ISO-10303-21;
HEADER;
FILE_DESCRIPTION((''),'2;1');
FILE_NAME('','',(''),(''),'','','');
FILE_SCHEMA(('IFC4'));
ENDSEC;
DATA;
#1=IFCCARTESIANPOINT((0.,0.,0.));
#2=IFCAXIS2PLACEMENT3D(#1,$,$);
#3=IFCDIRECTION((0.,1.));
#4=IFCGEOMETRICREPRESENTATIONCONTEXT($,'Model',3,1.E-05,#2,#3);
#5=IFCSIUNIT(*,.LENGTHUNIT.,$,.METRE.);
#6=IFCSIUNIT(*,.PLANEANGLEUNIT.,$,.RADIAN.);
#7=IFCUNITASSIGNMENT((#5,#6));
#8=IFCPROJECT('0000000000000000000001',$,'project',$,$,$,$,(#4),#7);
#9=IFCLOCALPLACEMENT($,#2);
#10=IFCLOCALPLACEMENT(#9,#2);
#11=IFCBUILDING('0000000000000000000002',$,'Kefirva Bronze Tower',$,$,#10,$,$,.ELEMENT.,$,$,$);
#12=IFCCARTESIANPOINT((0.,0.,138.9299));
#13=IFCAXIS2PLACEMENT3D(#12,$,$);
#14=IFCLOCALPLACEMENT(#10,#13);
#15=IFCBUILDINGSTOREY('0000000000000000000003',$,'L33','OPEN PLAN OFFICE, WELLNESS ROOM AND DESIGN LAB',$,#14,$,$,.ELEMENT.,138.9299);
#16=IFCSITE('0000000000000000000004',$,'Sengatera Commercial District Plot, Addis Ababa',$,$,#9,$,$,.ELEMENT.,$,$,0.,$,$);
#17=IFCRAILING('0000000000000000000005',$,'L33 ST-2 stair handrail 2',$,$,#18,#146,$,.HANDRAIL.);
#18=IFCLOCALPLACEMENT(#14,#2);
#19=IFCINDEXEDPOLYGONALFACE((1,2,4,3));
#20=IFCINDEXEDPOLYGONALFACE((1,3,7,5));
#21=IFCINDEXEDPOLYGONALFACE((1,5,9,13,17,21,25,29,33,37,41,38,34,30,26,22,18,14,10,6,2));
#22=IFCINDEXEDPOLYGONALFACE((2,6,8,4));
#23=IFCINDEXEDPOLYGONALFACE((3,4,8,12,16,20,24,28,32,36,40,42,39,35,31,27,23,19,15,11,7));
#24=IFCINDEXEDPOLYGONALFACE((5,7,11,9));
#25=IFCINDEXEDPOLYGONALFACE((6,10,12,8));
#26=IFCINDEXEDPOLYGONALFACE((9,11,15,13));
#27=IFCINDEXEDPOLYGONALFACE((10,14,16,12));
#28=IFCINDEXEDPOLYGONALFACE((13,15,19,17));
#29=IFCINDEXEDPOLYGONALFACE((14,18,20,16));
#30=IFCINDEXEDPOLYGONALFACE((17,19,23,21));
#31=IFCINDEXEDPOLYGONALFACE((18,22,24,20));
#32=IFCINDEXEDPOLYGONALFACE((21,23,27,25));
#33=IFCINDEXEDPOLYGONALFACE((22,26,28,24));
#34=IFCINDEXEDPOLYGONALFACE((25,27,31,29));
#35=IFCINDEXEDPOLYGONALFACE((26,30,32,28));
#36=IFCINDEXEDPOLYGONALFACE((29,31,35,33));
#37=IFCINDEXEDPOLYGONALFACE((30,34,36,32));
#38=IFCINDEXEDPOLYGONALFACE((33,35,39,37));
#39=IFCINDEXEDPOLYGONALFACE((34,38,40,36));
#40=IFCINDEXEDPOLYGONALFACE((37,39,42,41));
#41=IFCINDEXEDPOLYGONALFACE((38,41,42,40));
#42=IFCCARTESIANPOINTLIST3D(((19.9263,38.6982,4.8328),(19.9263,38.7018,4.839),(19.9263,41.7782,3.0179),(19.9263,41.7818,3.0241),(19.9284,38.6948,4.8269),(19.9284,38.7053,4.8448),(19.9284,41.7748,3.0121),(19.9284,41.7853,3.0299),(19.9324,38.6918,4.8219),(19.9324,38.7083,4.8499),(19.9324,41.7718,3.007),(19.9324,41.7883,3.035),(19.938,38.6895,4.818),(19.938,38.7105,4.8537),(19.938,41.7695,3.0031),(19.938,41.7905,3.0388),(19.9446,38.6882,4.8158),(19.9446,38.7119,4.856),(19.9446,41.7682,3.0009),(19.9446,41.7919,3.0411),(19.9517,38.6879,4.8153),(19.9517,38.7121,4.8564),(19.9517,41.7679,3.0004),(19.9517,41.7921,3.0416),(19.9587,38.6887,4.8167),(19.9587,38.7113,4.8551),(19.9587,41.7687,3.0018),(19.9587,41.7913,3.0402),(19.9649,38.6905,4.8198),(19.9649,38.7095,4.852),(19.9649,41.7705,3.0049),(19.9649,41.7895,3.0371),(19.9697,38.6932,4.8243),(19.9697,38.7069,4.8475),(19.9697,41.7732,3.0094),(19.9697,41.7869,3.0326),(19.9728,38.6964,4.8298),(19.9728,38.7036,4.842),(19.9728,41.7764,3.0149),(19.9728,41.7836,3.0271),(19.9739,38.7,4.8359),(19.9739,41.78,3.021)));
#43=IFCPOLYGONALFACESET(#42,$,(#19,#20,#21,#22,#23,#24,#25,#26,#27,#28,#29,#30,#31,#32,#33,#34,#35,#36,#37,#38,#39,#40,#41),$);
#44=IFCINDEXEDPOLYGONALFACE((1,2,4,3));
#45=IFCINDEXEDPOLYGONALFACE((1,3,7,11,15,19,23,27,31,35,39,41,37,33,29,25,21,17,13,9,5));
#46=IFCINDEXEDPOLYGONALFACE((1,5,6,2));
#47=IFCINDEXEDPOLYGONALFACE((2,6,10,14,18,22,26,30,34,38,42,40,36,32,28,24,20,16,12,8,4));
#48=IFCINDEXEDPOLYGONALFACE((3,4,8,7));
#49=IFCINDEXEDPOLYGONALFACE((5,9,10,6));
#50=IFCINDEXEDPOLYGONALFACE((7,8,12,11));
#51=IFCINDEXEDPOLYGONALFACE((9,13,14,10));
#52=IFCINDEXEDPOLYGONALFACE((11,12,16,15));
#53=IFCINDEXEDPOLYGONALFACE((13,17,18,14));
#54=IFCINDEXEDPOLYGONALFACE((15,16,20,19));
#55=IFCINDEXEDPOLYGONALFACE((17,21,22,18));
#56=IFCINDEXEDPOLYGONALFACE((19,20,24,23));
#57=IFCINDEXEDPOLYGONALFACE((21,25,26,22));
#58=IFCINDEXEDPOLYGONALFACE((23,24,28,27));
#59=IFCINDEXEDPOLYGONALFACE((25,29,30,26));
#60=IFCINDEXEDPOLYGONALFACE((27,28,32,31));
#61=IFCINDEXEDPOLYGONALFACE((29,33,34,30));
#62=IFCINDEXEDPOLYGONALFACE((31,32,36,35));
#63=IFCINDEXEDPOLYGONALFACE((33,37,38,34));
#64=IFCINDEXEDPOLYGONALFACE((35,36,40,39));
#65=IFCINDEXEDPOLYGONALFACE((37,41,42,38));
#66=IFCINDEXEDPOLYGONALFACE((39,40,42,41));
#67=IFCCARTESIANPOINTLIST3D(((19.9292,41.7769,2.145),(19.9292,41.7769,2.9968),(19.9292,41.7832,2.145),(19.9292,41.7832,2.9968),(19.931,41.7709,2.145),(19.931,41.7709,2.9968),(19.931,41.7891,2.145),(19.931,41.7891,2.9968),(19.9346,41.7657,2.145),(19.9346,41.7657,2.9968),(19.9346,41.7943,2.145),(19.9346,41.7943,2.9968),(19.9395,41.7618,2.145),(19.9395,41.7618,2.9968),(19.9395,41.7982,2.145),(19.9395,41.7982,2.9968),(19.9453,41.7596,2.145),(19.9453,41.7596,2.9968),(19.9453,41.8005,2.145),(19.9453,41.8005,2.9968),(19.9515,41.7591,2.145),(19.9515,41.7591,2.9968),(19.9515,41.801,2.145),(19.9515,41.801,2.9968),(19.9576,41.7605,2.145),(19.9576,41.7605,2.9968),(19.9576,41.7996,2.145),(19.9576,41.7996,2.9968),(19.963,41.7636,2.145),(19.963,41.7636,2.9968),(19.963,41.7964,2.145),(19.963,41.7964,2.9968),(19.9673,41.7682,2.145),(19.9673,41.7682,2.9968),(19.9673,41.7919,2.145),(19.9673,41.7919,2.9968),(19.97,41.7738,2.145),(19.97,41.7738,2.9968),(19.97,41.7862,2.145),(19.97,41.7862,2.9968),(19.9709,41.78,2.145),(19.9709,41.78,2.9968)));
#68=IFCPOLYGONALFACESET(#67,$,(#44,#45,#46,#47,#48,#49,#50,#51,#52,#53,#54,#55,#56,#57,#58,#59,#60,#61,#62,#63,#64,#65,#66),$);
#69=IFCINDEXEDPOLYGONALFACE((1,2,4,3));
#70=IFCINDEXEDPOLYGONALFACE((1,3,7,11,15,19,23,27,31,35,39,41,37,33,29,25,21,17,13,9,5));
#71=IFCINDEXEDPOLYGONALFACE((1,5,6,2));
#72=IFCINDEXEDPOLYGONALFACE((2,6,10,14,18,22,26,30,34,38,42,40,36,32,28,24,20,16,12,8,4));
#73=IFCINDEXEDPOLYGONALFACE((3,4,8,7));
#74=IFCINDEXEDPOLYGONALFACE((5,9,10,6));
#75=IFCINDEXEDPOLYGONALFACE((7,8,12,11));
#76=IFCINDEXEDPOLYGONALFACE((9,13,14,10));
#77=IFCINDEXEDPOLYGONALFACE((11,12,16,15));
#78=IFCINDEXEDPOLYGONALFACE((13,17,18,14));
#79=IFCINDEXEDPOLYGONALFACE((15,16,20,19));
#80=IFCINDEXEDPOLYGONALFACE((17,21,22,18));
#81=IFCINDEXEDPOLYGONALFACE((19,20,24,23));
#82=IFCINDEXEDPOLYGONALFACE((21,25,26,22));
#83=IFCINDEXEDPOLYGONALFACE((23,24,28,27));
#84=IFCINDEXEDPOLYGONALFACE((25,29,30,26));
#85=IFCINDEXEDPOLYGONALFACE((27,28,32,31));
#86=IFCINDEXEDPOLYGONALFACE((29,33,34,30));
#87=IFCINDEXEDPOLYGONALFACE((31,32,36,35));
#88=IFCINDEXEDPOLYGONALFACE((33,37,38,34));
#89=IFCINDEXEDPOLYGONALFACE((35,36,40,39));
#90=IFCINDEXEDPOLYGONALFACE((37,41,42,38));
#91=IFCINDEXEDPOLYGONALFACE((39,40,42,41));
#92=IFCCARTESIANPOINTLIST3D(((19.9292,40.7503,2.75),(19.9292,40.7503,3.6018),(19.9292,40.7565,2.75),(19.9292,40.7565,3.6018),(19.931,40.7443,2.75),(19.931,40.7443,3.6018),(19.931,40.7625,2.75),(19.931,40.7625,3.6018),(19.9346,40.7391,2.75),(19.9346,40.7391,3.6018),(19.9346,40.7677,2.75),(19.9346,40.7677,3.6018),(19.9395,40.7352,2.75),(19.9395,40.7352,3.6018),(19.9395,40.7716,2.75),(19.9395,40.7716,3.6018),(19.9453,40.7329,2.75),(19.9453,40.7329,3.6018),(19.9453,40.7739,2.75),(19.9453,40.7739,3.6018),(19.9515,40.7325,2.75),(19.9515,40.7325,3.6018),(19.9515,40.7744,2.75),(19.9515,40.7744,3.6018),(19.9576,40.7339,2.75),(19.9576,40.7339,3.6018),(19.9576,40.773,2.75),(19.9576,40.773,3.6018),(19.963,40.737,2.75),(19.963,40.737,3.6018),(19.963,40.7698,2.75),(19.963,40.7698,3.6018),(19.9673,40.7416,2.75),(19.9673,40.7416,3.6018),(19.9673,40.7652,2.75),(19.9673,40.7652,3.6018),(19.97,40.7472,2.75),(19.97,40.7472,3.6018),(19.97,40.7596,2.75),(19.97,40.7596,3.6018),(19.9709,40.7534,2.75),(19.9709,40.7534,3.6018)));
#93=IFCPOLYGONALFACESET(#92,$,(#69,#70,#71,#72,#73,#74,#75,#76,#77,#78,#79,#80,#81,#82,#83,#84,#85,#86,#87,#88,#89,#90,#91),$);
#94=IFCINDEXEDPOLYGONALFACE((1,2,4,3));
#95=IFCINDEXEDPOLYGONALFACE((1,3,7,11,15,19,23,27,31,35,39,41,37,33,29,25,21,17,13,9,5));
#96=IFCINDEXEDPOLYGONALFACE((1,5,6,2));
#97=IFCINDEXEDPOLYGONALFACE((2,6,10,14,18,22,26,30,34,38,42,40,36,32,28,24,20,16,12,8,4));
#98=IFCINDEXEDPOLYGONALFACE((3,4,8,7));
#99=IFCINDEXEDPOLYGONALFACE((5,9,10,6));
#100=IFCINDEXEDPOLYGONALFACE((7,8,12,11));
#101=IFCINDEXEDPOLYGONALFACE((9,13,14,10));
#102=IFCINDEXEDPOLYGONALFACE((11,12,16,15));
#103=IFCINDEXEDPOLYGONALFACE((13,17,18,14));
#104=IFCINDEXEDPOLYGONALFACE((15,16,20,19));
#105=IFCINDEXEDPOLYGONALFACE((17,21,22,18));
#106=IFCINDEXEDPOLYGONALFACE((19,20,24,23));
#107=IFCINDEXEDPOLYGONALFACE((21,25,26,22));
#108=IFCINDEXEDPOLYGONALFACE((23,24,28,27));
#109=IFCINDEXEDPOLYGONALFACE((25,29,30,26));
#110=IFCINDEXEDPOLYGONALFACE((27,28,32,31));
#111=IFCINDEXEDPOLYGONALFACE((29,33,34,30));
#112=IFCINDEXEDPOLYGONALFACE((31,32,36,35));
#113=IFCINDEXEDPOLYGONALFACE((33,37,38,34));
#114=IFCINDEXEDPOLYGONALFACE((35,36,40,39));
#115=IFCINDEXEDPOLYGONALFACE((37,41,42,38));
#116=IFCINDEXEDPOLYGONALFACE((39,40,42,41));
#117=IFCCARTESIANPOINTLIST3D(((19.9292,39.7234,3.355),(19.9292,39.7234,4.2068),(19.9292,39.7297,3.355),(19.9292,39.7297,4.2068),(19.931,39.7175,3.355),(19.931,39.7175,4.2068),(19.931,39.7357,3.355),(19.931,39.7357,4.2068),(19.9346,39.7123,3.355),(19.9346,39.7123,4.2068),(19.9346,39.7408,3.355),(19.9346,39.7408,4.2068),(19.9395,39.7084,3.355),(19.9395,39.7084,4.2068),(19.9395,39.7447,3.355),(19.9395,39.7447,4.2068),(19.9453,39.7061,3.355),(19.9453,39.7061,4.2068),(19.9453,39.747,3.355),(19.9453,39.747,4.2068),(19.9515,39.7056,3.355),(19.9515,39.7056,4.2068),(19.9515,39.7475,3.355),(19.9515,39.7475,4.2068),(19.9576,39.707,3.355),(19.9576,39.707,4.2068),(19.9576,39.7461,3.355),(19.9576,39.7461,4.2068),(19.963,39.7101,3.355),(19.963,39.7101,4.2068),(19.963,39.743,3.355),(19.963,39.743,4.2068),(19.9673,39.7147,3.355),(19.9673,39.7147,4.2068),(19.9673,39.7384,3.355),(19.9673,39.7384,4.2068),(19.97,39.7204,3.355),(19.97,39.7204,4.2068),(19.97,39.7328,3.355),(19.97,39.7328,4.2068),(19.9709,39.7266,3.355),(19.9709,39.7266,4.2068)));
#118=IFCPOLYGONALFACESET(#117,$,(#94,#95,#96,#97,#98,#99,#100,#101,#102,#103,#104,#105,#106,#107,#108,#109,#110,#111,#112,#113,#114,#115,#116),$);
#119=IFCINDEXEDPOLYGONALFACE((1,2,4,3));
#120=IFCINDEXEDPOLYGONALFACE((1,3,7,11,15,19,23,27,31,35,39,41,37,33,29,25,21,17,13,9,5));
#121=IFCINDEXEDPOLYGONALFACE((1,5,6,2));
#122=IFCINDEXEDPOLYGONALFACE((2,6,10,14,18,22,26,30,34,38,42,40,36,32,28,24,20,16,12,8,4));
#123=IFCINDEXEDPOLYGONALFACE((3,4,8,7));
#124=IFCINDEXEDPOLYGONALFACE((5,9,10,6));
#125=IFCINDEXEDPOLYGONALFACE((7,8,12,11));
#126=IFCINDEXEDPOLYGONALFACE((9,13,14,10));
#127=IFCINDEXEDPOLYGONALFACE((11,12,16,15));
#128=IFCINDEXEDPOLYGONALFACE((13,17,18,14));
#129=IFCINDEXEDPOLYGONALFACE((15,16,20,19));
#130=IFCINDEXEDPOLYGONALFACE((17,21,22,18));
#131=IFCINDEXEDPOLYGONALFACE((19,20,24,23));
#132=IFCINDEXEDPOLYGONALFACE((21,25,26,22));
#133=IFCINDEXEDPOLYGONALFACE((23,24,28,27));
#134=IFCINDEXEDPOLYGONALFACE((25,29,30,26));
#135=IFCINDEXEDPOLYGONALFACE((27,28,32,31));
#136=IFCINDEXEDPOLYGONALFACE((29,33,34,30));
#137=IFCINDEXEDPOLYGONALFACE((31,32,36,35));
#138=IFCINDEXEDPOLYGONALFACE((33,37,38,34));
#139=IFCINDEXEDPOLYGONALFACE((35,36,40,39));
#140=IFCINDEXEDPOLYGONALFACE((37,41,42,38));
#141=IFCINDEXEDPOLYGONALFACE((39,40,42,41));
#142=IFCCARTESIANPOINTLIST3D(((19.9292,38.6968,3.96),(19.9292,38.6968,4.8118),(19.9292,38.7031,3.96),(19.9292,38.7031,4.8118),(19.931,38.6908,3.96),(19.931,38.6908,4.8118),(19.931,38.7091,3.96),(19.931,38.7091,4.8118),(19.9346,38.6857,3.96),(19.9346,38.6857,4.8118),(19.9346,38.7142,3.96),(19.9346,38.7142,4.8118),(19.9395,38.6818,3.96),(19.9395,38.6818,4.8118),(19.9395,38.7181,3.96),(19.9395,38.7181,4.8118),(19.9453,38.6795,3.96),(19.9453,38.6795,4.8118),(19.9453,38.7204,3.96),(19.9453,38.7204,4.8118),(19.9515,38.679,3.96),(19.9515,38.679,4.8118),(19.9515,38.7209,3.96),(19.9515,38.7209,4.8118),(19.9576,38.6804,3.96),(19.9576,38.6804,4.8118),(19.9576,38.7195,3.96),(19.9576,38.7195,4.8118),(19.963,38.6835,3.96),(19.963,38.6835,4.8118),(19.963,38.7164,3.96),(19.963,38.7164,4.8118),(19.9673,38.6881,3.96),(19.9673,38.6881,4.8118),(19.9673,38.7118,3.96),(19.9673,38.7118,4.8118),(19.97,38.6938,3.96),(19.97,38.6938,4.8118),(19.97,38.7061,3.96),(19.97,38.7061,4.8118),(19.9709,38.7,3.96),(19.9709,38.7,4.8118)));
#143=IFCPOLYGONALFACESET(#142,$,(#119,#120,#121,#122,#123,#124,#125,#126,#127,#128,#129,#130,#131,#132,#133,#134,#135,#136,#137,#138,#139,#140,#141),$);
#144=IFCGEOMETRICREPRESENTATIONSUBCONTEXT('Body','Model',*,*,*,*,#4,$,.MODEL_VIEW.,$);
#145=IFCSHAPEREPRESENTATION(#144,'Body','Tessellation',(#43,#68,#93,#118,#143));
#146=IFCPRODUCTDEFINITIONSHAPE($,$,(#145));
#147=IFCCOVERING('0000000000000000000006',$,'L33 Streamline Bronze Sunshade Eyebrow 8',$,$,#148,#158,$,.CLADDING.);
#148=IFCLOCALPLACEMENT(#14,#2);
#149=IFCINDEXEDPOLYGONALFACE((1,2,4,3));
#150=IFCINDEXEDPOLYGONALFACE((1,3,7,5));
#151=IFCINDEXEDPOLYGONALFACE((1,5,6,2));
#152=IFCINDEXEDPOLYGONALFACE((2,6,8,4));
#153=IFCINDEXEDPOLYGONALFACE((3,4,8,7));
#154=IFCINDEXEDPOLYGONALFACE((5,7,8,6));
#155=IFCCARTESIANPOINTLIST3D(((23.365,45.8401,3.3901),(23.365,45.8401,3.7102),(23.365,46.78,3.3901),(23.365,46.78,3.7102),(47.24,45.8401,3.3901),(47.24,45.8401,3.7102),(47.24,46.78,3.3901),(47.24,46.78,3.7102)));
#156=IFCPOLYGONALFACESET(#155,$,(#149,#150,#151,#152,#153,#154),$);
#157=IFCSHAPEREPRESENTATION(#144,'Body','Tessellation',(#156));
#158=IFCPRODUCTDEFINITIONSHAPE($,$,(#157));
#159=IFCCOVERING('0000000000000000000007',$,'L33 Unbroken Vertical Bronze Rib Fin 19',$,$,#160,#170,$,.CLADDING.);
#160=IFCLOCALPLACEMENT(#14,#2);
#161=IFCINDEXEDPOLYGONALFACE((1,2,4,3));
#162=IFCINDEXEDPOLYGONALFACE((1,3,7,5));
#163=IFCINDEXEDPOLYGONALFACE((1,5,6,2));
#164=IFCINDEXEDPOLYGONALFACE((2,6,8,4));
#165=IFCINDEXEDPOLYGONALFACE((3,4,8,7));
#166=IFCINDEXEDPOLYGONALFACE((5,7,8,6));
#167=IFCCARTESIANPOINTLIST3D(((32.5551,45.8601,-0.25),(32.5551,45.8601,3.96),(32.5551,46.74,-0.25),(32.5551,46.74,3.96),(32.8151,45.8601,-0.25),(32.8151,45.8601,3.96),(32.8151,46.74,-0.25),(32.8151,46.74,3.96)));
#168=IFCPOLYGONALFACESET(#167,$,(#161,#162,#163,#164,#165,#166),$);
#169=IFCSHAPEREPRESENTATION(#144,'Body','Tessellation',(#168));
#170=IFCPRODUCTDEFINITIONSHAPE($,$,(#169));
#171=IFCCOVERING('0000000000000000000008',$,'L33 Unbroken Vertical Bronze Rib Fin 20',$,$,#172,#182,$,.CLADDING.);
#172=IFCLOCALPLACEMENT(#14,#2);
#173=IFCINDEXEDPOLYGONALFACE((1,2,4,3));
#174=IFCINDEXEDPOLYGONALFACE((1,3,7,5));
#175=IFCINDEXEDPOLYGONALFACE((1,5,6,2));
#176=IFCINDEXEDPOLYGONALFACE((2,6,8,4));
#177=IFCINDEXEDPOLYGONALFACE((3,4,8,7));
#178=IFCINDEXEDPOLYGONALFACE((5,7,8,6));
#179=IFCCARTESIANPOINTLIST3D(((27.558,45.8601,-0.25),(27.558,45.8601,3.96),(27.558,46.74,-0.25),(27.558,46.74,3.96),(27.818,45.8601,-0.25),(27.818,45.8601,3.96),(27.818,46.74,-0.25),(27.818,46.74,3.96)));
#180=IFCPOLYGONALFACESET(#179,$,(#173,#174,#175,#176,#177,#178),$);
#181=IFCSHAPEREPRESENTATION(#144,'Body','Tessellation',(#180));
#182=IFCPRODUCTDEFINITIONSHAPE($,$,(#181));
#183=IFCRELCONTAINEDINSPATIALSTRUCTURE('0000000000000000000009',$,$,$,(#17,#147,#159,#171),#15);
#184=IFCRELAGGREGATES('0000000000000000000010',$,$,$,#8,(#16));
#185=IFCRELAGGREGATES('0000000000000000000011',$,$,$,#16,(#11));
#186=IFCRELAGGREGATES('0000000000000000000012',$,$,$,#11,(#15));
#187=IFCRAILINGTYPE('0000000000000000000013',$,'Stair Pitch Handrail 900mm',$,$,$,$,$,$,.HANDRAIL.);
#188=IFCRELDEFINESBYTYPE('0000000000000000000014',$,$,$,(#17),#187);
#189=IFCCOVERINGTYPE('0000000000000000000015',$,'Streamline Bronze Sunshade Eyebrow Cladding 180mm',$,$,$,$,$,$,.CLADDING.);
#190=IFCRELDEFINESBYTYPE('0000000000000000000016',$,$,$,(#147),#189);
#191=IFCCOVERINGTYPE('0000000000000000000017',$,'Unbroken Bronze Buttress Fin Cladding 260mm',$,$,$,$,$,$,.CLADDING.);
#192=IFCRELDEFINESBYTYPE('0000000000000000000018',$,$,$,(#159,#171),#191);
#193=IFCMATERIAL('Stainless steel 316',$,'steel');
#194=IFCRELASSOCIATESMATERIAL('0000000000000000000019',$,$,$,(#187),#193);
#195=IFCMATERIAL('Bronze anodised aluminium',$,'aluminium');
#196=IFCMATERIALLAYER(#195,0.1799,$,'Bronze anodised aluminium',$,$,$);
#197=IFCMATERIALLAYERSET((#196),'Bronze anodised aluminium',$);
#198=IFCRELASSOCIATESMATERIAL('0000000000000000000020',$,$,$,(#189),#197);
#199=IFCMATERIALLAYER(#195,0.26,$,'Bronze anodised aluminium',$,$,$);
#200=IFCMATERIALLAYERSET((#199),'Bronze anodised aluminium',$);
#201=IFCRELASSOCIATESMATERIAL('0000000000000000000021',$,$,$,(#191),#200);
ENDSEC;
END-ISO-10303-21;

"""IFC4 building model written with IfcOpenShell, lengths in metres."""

from ifc_helpers import new_model, si_unit, direction, frame, origin, origin_2d, place, context, subcontext, project, spatial, rectangle, circle, extrude, material, layer, layer_set, type_object, element, save


model = new_model("IFC4")

# Units and contexts
model_context = context("Model", 3, precision=1e-05, world=origin(), true_north=direction((0.0, 1.0)))
body_context = subcontext(model_context, "Body", "Model", "MODEL_VIEW")
ifc_project = project(units=[si_unit("LENGTHUNIT", "METRE"), si_unit("PLANEANGLEUNIT", "RADIAN")], contexts=[model_context])

# Site, building, storey
site_placement = place(None, origin())
site = spatial("IfcSite", under=ifc_project, at=site_placement, Name="Sengatera Commercial District Plot, Addis Ababa", CompositionType="ELEMENT", RefElevation=0.0)
building_placement = place(site_placement, origin())
building = spatial("IfcBuilding", under=site, at=building_placement, Name="Kefirva Bronze Tower", CompositionType="ELEMENT")
storey_placement = place(building_placement, frame((0.0, 0.0, 138.9299)))
storey = spatial("IfcBuildingStorey", under=building, at=storey_placement, Name="L33", Description="OPEN PLAN OFFICE, WELLNESS ROOM AND DESIGN LAB", CompositionType="ELEMENT", Elevation=138.9299)

# Shared definitions
ifc_material_1 = material(Name="Bronze anodised aluminium", Category="aluminium")

# Railing
ifc_material_2 = material(Name="Stainless steel 316", Category="steel")
railing_type_1 = type_object("IfcRailingType", Name="Stair Pitch Handrail 900mm", PredefinedType="HANDRAIL", material=ifc_material_2)
railing_1_placement = place(storey_placement, frame((19.95, 41.78, 2.145)))
element("IfcRailing", 1, at=railing_1_placement, inside=storey, type_object=railing_type_1, Name="L33 ST-2 stair handrail 2", PredefinedType="HANDRAIL", context=body_context, shape_type="SweptSolid", body=[
    extrude(circle(Radius=0.0239, at=origin_2d()), frame((0.0, 0.0, 0.876), z_axis=(0.0, -0.861551, 0.507671), x_axis=(1.0, 0.0, 0.0)), (0.0, 0.0, 1.0), 3.575),
    extrude(circle(Radius=0.021, at=origin_2d()), origin(), (0.0, 0.0, 1.0), 0.8518),
    extrude(circle(Radius=0.021, at=origin_2d()), frame((0.0, -1.0266, 0.605)), (0.0, 0.0, 1.0), 0.8518),
    extrude(circle(Radius=0.021, at=origin_2d()), frame((0.0, -2.0535, 1.21)), (0.0, 0.0, 1.0), 0.8518),
    extrude(circle(Radius=0.021, at=origin_2d()), frame((0.0, -3.0801, 1.8149)), (0.0, 0.0, 1.0), 0.8518),
])

# Coverings
ifc_layer_1 = layer(ifc_material_1, 0.1799, Name="Bronze anodised aluminium")
ifc_layer_set_1 = layer_set([ifc_layer_1], Name="Bronze anodised aluminium")
covering_type_1 = type_object("IfcCoveringType", Name="Streamline Bronze Sunshade Eyebrow Cladding 180mm", PredefinedType="CLADDING", material=ifc_layer_set_1)
covering_1_placement = place(storey_placement, frame((35.3025, 46.3101, 3.3901), z_axis=(0.0, 0.0, 1.0), x_axis=(-1.0, 0.0, 0.0)))
element("IfcCovering", 2, at=covering_1_placement, inside=storey, type_object=covering_type_1, Name="L33 Streamline Bronze Sunshade Eyebrow 8", PredefinedType="CLADDING", context=body_context, shape_type="SweptSolid", body=[
    extrude(rectangle(XDim=23.875, YDim=0.9399, at=origin_2d()), origin(), (0.0, 0.0, 1.0), 0.3201),
])
ifc_layer_2 = layer(ifc_material_1, 0.26, Name="Bronze anodised aluminium")
ifc_layer_set_2 = layer_set([ifc_layer_2], Name="Bronze anodised aluminium")
covering_type_2 = type_object("IfcCoveringType", Name="Unbroken Bronze Buttress Fin Cladding 260mm", PredefinedType="CLADDING", material=ifc_layer_set_2)
for number, where, z_axis, x_axis, name in (
    (3, (32.6851, 46.3, -0.25), (0.0, 0.0, 1.0), (-1.0, 0.0, 0.0), "L33 Unbroken Vertical Bronze Rib Fin 19"),
    (4, (27.688, 46.3, -0.25), (0.0, 0.0, 1.0), (-1.0, 0.0, 0.0), "L33 Unbroken Vertical Bronze Rib Fin 20"),
):
    element("IfcCovering", number, at=place(storey_placement, frame(where, z_axis=z_axis, x_axis=x_axis)), inside=storey, type_object=covering_type_2, Name=name, PredefinedType="CLADDING", context=body_context, shape_type="SweptSolid", body=[
        extrude(rectangle(XDim=0.26, YDim=0.8799, at=origin_2d()), origin(), (0.0, 0.0, 1.0), 4.21),
    ])

save(model, "model.ifc")
